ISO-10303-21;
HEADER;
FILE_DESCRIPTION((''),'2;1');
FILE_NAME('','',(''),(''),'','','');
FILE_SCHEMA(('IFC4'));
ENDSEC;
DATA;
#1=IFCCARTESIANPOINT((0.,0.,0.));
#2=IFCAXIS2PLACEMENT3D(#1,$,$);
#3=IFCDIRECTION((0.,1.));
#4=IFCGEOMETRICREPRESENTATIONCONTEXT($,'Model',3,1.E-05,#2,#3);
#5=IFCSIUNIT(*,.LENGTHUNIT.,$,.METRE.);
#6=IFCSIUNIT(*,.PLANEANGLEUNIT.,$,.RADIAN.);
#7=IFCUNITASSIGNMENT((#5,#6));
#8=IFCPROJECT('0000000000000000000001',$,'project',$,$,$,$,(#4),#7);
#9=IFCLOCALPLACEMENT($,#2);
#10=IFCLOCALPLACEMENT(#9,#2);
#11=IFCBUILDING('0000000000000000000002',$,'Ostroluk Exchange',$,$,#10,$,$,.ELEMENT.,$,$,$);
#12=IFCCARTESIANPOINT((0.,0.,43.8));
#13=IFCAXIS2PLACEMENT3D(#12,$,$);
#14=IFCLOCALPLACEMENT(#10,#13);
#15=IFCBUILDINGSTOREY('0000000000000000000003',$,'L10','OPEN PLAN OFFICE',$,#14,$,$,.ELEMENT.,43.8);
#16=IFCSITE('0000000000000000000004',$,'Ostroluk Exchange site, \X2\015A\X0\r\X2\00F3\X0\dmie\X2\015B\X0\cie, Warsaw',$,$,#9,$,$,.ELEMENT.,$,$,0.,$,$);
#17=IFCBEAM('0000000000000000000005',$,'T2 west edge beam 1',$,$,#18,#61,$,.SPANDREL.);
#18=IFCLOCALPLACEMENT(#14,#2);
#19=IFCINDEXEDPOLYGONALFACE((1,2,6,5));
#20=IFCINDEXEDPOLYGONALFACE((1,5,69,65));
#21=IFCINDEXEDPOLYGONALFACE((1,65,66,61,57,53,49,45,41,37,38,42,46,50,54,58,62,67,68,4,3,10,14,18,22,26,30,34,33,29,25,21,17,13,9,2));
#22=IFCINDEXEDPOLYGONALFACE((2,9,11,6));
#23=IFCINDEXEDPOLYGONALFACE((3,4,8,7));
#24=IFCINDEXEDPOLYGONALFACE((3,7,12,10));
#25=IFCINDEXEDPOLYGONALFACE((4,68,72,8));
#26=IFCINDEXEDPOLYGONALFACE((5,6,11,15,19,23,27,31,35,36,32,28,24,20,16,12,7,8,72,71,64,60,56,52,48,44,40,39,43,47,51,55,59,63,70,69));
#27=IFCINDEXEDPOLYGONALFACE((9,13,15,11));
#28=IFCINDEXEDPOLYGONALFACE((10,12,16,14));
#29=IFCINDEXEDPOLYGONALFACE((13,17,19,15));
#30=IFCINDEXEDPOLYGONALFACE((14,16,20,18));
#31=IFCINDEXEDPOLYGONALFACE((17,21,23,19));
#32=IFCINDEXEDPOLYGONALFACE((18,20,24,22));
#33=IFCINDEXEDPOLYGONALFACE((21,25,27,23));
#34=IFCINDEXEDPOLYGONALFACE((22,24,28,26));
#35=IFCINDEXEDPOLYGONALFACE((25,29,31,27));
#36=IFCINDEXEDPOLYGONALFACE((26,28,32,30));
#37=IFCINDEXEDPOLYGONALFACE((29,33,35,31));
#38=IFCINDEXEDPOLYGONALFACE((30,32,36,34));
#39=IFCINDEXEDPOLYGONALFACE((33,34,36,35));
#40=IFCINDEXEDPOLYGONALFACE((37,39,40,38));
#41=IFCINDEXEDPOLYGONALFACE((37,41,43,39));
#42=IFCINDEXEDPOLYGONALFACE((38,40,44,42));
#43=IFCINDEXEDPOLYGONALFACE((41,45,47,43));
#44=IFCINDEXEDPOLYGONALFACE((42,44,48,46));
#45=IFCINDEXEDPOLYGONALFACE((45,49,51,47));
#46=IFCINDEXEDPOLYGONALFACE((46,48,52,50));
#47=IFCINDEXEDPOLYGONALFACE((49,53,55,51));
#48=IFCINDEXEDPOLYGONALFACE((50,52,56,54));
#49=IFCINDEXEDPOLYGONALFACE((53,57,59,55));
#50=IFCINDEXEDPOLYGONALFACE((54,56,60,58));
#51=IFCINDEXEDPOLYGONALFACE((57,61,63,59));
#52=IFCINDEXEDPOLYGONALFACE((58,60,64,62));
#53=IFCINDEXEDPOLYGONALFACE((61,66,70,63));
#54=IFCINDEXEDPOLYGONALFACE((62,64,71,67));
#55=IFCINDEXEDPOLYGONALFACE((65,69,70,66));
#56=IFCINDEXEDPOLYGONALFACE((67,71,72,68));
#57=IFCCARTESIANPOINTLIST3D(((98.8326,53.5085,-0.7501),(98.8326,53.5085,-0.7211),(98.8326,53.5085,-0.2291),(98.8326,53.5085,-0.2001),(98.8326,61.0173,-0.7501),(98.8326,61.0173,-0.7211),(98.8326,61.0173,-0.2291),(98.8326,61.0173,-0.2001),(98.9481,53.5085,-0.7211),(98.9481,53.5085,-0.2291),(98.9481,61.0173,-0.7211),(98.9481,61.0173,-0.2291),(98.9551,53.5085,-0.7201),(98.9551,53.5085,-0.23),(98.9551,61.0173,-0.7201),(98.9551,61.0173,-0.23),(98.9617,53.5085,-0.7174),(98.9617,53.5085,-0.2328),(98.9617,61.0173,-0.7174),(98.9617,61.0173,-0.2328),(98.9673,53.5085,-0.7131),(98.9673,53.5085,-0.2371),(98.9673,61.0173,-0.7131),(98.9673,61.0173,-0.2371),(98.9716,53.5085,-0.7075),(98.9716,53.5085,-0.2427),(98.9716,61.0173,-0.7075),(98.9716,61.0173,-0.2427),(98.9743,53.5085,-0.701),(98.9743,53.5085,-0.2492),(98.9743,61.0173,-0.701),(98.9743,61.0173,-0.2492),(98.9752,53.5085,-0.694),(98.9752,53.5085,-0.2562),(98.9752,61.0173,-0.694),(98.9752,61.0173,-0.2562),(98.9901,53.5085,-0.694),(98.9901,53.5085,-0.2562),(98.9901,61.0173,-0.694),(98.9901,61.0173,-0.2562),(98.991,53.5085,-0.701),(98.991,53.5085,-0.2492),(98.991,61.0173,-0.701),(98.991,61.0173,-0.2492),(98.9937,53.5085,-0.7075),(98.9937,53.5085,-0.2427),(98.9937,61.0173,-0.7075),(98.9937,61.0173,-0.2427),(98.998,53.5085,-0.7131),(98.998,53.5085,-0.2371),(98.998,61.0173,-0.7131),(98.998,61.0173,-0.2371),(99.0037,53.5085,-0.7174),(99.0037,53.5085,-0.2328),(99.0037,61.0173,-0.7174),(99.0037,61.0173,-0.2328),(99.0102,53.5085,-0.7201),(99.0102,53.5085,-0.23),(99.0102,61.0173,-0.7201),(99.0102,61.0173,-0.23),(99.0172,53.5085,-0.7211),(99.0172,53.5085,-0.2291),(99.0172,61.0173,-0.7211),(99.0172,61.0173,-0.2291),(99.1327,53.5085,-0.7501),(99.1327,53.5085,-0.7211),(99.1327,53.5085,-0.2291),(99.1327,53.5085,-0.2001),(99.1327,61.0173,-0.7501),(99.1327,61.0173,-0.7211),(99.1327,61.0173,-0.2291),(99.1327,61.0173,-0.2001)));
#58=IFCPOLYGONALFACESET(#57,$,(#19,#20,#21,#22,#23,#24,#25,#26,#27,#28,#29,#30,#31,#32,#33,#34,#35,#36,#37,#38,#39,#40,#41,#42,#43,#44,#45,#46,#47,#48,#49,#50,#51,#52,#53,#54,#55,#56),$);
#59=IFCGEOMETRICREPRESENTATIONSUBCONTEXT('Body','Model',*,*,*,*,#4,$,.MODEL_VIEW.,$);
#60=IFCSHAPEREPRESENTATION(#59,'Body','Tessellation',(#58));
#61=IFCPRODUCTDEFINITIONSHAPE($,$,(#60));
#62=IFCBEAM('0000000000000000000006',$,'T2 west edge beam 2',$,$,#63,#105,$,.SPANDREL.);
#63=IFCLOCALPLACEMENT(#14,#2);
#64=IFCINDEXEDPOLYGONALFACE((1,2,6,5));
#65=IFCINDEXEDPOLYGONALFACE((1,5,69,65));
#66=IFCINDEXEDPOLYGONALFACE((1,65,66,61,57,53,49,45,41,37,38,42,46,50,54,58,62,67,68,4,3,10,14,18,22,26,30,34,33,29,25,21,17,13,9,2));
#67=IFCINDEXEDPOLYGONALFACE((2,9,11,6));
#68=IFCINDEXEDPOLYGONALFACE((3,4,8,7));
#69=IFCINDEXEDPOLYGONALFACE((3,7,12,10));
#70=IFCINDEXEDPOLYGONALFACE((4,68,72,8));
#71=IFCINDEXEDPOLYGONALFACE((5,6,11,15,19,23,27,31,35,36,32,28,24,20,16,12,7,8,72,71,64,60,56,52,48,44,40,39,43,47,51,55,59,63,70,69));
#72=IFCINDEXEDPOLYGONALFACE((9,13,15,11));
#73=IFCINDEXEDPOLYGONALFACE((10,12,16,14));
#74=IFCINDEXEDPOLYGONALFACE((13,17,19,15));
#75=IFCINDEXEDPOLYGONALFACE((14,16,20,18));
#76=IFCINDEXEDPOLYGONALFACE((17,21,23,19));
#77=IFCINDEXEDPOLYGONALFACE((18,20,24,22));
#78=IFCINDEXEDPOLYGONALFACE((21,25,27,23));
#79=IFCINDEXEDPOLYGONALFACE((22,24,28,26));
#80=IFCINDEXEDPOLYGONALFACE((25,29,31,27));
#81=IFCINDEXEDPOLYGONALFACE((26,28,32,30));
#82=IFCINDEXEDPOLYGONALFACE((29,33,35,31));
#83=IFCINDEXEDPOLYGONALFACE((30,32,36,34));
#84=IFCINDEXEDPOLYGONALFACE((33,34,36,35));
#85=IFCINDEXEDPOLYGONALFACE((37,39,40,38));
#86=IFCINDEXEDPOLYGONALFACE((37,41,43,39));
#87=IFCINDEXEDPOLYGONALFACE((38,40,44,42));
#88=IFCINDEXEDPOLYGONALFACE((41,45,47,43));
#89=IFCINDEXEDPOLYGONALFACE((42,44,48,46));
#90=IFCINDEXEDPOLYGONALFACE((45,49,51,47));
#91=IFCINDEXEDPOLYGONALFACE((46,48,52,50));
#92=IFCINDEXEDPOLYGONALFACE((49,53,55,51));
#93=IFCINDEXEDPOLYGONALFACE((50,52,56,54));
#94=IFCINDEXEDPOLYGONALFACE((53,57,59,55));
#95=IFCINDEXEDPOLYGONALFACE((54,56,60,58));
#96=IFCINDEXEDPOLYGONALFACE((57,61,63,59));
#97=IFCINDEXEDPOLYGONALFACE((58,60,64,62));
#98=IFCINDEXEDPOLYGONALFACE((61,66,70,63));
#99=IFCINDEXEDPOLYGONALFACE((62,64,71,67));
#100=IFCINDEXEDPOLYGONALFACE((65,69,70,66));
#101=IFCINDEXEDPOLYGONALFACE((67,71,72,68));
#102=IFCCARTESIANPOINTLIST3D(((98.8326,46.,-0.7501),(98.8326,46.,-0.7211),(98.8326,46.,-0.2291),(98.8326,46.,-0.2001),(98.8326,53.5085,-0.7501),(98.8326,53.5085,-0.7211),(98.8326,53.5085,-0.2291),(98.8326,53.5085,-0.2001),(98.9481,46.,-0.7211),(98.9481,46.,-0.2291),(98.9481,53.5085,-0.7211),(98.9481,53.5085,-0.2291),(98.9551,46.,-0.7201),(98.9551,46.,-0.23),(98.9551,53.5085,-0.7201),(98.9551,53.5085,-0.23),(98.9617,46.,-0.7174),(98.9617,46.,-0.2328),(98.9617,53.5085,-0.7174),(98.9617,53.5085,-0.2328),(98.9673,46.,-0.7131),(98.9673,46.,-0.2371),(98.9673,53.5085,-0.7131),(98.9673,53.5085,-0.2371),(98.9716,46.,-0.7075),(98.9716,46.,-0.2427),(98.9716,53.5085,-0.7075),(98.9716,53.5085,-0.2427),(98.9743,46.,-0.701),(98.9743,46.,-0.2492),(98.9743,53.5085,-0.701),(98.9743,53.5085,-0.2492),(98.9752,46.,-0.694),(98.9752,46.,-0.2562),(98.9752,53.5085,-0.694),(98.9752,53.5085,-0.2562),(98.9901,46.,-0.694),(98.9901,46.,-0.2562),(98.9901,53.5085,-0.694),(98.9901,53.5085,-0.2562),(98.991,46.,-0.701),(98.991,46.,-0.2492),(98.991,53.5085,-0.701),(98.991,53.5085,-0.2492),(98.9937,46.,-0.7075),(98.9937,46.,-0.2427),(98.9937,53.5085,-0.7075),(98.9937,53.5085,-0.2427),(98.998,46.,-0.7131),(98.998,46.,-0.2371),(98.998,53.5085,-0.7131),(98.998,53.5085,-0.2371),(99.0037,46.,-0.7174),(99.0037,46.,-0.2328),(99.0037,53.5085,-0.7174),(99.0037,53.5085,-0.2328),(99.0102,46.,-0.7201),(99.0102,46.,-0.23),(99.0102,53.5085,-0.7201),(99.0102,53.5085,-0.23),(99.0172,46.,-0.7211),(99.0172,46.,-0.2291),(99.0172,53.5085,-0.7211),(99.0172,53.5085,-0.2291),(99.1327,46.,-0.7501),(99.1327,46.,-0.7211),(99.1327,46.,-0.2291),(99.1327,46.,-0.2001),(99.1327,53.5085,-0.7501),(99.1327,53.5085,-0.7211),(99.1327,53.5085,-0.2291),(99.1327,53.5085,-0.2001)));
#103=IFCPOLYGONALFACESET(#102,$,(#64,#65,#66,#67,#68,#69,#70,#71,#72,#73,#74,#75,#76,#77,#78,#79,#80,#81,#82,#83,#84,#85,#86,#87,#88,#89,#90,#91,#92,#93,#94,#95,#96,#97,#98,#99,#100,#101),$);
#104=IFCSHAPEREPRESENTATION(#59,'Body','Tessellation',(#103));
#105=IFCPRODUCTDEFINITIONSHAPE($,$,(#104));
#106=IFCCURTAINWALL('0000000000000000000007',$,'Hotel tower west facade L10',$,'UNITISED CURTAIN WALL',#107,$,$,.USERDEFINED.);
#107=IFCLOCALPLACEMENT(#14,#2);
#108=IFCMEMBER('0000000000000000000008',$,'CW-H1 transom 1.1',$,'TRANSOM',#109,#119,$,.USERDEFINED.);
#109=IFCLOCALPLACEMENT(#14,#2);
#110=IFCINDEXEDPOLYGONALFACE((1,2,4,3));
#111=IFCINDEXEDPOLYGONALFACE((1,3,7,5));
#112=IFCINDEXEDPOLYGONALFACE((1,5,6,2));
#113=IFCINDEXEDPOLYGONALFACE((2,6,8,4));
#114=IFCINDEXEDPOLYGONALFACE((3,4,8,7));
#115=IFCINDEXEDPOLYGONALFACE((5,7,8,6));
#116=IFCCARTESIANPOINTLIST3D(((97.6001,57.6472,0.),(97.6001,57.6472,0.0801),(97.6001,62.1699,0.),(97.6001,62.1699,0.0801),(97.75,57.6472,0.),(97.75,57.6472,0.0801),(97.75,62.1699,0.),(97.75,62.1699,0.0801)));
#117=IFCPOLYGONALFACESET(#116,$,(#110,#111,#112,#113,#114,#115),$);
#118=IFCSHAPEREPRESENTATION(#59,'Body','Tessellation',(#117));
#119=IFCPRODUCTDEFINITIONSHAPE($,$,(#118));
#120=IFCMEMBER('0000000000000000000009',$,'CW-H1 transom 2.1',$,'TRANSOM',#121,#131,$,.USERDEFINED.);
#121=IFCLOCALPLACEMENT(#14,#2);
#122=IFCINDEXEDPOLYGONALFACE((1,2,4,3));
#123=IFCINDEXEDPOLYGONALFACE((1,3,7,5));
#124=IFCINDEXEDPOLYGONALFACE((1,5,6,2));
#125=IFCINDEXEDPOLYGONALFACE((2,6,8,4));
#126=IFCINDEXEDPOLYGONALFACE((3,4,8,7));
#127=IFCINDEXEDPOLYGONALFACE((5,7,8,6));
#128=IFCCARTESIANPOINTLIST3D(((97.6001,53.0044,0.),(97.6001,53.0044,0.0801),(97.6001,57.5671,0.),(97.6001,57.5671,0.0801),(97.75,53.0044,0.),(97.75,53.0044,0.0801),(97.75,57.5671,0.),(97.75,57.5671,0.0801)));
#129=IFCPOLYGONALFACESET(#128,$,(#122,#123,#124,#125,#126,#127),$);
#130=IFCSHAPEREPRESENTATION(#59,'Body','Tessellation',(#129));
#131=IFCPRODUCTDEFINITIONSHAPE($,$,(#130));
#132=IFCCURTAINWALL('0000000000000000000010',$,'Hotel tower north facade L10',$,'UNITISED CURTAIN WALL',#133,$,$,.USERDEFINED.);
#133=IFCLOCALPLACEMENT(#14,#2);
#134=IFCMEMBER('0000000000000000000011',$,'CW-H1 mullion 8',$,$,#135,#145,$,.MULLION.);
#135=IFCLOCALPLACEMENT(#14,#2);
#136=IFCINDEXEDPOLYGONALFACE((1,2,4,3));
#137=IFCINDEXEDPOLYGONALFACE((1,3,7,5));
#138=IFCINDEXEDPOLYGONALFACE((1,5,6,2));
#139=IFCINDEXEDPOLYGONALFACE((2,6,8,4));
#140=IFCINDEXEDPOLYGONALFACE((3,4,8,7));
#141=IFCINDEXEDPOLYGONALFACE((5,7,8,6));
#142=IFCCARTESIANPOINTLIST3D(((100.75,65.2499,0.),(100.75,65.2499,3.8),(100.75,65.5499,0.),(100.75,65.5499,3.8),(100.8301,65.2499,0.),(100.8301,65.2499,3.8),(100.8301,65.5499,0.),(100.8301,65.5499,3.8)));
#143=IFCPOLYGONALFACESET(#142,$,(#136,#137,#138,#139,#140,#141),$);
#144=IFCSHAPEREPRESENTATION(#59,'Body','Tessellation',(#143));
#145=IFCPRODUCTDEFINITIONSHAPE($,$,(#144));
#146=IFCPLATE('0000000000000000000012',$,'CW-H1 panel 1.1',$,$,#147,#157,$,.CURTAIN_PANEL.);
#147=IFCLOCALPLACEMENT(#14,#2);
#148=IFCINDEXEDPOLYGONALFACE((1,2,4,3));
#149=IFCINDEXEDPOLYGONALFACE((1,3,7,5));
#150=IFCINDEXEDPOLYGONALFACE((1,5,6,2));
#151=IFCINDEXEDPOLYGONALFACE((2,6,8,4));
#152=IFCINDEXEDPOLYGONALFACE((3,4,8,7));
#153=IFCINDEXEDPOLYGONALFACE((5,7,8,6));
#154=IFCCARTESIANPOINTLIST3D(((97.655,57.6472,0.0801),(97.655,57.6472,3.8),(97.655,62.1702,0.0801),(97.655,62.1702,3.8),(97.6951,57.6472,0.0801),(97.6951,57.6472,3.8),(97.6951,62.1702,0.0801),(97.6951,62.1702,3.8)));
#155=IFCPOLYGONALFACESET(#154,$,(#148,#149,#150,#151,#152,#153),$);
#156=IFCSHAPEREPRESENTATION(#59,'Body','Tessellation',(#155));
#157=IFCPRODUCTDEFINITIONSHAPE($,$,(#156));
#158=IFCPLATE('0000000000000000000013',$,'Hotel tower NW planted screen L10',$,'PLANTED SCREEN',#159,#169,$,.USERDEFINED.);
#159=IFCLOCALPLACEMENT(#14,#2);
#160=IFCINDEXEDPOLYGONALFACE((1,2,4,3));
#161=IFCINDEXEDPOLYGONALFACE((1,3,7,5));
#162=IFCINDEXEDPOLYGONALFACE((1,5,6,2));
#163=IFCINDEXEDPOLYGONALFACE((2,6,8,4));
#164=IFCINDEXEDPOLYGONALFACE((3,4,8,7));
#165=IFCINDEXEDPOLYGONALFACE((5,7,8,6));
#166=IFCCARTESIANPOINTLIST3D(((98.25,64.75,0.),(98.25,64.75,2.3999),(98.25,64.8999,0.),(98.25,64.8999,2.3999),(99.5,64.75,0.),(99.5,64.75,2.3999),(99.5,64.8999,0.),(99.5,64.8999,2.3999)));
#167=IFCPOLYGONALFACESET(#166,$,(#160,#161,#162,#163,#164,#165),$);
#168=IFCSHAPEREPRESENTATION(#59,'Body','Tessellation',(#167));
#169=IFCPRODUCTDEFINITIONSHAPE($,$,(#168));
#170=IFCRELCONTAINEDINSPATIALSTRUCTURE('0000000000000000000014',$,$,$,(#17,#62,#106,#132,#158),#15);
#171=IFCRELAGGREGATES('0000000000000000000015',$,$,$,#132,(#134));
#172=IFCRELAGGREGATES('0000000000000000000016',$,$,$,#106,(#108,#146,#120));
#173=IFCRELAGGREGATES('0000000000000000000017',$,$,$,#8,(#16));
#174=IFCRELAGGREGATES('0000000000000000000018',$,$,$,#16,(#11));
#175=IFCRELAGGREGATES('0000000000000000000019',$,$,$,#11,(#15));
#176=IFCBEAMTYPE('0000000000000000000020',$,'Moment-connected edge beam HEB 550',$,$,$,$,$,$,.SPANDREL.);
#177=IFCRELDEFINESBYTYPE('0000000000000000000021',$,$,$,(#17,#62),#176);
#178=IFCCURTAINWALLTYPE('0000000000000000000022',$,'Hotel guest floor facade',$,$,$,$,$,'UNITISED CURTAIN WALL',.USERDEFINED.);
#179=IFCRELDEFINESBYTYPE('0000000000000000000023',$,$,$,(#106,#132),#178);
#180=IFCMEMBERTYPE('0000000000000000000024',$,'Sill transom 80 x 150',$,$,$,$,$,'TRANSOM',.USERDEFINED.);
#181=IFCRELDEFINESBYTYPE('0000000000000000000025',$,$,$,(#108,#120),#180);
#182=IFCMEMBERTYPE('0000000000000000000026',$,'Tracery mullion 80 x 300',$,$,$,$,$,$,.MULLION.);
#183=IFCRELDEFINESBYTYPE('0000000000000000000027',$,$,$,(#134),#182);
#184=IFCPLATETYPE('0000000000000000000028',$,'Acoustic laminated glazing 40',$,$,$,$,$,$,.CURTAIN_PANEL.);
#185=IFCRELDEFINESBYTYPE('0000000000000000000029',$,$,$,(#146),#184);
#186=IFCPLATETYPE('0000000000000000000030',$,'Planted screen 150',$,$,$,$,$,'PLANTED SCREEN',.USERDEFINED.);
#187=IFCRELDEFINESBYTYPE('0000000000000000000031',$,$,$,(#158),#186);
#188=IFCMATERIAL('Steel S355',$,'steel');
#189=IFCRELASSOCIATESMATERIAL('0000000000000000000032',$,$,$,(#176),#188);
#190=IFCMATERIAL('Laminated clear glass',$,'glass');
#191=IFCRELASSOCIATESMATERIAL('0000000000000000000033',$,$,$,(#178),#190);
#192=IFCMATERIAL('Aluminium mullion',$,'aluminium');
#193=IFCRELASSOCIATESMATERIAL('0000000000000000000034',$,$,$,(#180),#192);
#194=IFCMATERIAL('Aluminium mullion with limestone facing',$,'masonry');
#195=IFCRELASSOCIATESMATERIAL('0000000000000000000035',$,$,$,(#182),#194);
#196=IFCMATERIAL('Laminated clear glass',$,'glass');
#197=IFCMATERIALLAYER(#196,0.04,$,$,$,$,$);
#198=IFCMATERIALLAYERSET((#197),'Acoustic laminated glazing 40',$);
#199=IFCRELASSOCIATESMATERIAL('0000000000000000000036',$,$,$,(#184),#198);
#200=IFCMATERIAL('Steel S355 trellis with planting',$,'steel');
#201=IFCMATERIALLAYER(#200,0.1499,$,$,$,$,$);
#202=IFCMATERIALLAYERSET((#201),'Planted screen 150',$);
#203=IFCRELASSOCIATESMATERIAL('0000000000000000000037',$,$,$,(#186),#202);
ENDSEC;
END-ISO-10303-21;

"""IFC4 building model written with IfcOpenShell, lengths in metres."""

from ifc_helpers import new_model, si_unit, direction, frame, origin, origin_2d, place, context, subcontext, project, spatial, rectangle, i_section, extrude, material, layer, layer_set, material_profile, profile_set, type_object, element, aggregate, save


model = new_model("IFC4")

# Units and contexts
model_context = context("Model", 3, precision=1e-05, world=origin(), true_north=direction((0.0, 1.0)))
body_context = subcontext(model_context, "Body", "Model", "MODEL_VIEW")
ifc_project = project(units=[si_unit("LENGTHUNIT", "METRE"), si_unit("PLANEANGLEUNIT", "RADIAN")], contexts=[model_context])

# Site, building, storey
site_placement = place(None, origin())
site = spatial("IfcSite", under=ifc_project, at=site_placement, Name="Ostroluk Exchange site, Śródmieście, Warsaw", CompositionType="ELEMENT", RefElevation=0.0)
building_placement = place(site_placement, origin())
building = spatial("IfcBuilding", under=site, at=building_placement, Name="Ostroluk Exchange", CompositionType="ELEMENT")
storey_placement = place(building_placement, frame((0.0, 0.0, 43.8)))
storey = spatial("IfcBuildingStorey", under=building, at=storey_placement, Name="L10", Description="OPEN PLAN OFFICE", CompositionType="ELEMENT", Elevation=43.8)

# Beams
ifc_material_1 = material(Name="Steel S355", Category="steel")
ifc_material_profile_1 = material_profile(ifc_material_1, i_section(OverallWidth=0.3, OverallDepth=0.55, WebThickness=0.0149, FlangeThickness=0.0291, FilletRadius=0.0271, at=origin_2d()), Name="HEB 550")
ifc_profile_set_1 = profile_set([ifc_material_profile_1], Name="Steel S355")
beam_type_1 = type_object("IfcBeamType", Name="Moment-connected edge beam HEB 550", PredefinedType="SPANDREL", material=ifc_profile_set_1)
beam_1_placement = place(storey_placement, frame((98.9827, 61.0173, -0.4751), z_axis=(0.0, -1.0, 0.0), x_axis=(1.0, 0.0, 0.0)))
element("IfcBeam", 1, at=beam_1_placement, inside=storey, type_object=beam_type_1, Name="T2 west edge beam 1", PredefinedType="SPANDREL", context=body_context, shape_type="SweptSolid", body=[
    extrude(i_section(OverallWidth=0.3, OverallDepth=0.55, WebThickness=0.0149, FlangeThickness=0.0291, FilletRadius=0.0271, at=origin_2d()), origin(), (0.0, 0.0, 1.0), 7.5088),
])
beam_2_placement = place(storey_placement, frame((98.9827, 53.5085, -0.4751), z_axis=(0.0, -1.0, 0.0), x_axis=(1.0, 0.0, 0.0)))
element("IfcBeam", 2, at=beam_2_placement, inside=storey, type_object=beam_type_1, Name="T2 west edge beam 2", PredefinedType="SPANDREL", context=body_context, shape_type="SweptSolid", body=[
    extrude(i_section(OverallWidth=0.3, OverallDepth=0.55, WebThickness=0.0149, FlangeThickness=0.0291, FilletRadius=0.0271, at=origin_2d()), origin(), (0.0, 0.0, 1.0), 7.5085),
])

# Curtain wall, members
ifc_material_2 = material(Name="Laminated clear glass", Category="glass")
curtain_wall_type = type_object("IfcCurtainWallType", Name="Hotel guest floor facade", ElementType="UNITISED CURTAIN WALL", PredefinedType="USERDEFINED", material=ifc_material_2)
curtain_wall_1_placement = place(storey_placement, origin())
curtain_wall_1 = element("IfcCurtainWall", 3, at=curtain_wall_1_placement, inside=storey, type_object=curtain_wall_type, Name="Hotel tower west facade L10", ObjectType="UNITISED CURTAIN WALL", PredefinedType="USERDEFINED")
ifc_material_3 = material(Name="Aluminium mullion", Category="aluminium")
ifc_material_profile_2 = material_profile(ifc_material_3, rectangle(XDim=0.1499, YDim=0.0801, at=origin_2d()), Name="Sill transom 80 x 150")
ifc_profile_set_2 = profile_set([ifc_material_profile_2], Name="Aluminium mullion")
member_type_1 = type_object("IfcMemberType", Name="Sill transom 80 x 150", ElementType="TRANSOM", PredefinedType="USERDEFINED", material=ifc_profile_set_2)
member_1_placement = place(storey_placement, frame((97.675, 62.1699, 0.04), z_axis=(0.0, -1.0, 0.0), x_axis=(1.0, 0.0, 0.0)))
member_1 = element("IfcMember", 4, at=member_1_placement, type_object=member_type_1, Name="CW-H1 transom 1.1", ObjectType="TRANSOM", PredefinedType="USERDEFINED", context=body_context, shape_type="SweptSolid", body=[
    extrude(rectangle(XDim=0.1499, YDim=0.0801, at=origin_2d()), origin(), (0.0, 0.0, 1.0), 4.5227),
])
member_2_placement = place(storey_placement, frame((97.675, 57.5671, 0.04), z_axis=(0.0, -1.0, 0.0), x_axis=(1.0, 0.0, 0.0)))
member_2 = element("IfcMember", 5, at=member_2_placement, type_object=member_type_1, Name="CW-H1 transom 2.1", ObjectType="TRANSOM", PredefinedType="USERDEFINED", context=body_context, shape_type="SweptSolid", body=[
    extrude(rectangle(XDim=0.1499, YDim=0.0801, at=origin_2d()), origin(), (0.0, 0.0, 1.0), 4.5627),
])

# Curtain wall, member
curtain_wall_2_placement = place(storey_placement, origin())
curtain_wall_2 = element("IfcCurtainWall", 6, at=curtain_wall_2_placement, inside=storey, type_object=curtain_wall_type, Name="Hotel tower north facade L10", ObjectType="UNITISED CURTAIN WALL", PredefinedType="USERDEFINED")
ifc_material_4 = material(Name="Aluminium mullion with limestone facing", Category="masonry")
ifc_material_profile_3 = material_profile(ifc_material_4, rectangle(XDim=0.3, YDim=0.0801, at=origin_2d()), Name="Tracery mullion 80 x 300")
ifc_profile_set_3 = profile_set([ifc_material_profile_3], Name="Aluminium mullion with limestone facing")
member_type_2 = type_object("IfcMemberType", Name="Tracery mullion 80 x 300", PredefinedType="MULLION", material=ifc_profile_set_3)
member_3_placement = place(storey_placement, frame((100.79, 65.3999, 0.0), z_axis=(0.0, 0.0, 1.0), x_axis=(0.0, -1.0, 0.0)))
member_3 = element("IfcMember", 7, at=member_3_placement, type_object=member_type_2, Name="CW-H1 mullion 8", PredefinedType="MULLION", context=body_context, shape_type="SweptSolid", body=[
    extrude(rectangle(XDim=0.3, YDim=0.0801, at=origin_2d()), origin(), (0.0, 0.0, 1.0), 3.8),
])
aggregate(curtain_wall_2, [member_3])

# Plates
ifc_material_5 = material(Name="Laminated clear glass", Category="glass")
ifc_layer_1 = layer(ifc_material_5, 0.04)
ifc_layer_set_1 = layer_set([ifc_layer_1], Name="Acoustic laminated glazing 40")
plate_type_1 = type_object("IfcPlateType", Name="Acoustic laminated glazing 40", PredefinedType="CURTAIN_PANEL", material=ifc_layer_set_1)
plate_1_placement = place(storey_placement, frame((97.675, 59.9087, 0.0801), z_axis=(0.0, 0.0, 1.0), x_axis=(0.0, -1.0, 0.0)))
plate_1 = element("IfcPlate", 8, at=plate_1_placement, type_object=plate_type_1, Name="CW-H1 panel 1.1", PredefinedType="CURTAIN_PANEL", context=body_context, shape_type="SweptSolid", body=[
    extrude(rectangle(XDim=4.5229, YDim=0.04, at=origin_2d()), origin(), (0.0, 0.0, 1.0), 3.72),
])
aggregate(curtain_wall_1, [member_1, plate_1, member_2])
ifc_material_6 = material(Name="Steel S355 trellis with planting", Category="steel")
ifc_layer_2 = layer(ifc_material_6, 0.1499)
ifc_layer_set_2 = layer_set([ifc_layer_2], Name="Planted screen 150")
plate_type_2 = type_object("IfcPlateType", Name="Planted screen 150", ElementType="PLANTED SCREEN", PredefinedType="USERDEFINED", material=ifc_layer_set_2)
plate_2_placement = place(storey_placement, frame((98.875, 64.825, 0.0), z_axis=(0.0, 0.0, 1.0), x_axis=(1.0, 0.0, 0.0)))
element("IfcPlate", 9, at=plate_2_placement, inside=storey, type_object=plate_type_2, Name="Hotel tower NW planted screen L10", ObjectType="PLANTED SCREEN", PredefinedType="USERDEFINED", context=body_context, shape_type="SweptSolid", body=[
    extrude(rectangle(XDim=1.25, YDim=0.1499, at=origin_2d()), origin(), (0.0, 0.0, 1.0), 2.3999),
])

save(model, "model.ifc")
